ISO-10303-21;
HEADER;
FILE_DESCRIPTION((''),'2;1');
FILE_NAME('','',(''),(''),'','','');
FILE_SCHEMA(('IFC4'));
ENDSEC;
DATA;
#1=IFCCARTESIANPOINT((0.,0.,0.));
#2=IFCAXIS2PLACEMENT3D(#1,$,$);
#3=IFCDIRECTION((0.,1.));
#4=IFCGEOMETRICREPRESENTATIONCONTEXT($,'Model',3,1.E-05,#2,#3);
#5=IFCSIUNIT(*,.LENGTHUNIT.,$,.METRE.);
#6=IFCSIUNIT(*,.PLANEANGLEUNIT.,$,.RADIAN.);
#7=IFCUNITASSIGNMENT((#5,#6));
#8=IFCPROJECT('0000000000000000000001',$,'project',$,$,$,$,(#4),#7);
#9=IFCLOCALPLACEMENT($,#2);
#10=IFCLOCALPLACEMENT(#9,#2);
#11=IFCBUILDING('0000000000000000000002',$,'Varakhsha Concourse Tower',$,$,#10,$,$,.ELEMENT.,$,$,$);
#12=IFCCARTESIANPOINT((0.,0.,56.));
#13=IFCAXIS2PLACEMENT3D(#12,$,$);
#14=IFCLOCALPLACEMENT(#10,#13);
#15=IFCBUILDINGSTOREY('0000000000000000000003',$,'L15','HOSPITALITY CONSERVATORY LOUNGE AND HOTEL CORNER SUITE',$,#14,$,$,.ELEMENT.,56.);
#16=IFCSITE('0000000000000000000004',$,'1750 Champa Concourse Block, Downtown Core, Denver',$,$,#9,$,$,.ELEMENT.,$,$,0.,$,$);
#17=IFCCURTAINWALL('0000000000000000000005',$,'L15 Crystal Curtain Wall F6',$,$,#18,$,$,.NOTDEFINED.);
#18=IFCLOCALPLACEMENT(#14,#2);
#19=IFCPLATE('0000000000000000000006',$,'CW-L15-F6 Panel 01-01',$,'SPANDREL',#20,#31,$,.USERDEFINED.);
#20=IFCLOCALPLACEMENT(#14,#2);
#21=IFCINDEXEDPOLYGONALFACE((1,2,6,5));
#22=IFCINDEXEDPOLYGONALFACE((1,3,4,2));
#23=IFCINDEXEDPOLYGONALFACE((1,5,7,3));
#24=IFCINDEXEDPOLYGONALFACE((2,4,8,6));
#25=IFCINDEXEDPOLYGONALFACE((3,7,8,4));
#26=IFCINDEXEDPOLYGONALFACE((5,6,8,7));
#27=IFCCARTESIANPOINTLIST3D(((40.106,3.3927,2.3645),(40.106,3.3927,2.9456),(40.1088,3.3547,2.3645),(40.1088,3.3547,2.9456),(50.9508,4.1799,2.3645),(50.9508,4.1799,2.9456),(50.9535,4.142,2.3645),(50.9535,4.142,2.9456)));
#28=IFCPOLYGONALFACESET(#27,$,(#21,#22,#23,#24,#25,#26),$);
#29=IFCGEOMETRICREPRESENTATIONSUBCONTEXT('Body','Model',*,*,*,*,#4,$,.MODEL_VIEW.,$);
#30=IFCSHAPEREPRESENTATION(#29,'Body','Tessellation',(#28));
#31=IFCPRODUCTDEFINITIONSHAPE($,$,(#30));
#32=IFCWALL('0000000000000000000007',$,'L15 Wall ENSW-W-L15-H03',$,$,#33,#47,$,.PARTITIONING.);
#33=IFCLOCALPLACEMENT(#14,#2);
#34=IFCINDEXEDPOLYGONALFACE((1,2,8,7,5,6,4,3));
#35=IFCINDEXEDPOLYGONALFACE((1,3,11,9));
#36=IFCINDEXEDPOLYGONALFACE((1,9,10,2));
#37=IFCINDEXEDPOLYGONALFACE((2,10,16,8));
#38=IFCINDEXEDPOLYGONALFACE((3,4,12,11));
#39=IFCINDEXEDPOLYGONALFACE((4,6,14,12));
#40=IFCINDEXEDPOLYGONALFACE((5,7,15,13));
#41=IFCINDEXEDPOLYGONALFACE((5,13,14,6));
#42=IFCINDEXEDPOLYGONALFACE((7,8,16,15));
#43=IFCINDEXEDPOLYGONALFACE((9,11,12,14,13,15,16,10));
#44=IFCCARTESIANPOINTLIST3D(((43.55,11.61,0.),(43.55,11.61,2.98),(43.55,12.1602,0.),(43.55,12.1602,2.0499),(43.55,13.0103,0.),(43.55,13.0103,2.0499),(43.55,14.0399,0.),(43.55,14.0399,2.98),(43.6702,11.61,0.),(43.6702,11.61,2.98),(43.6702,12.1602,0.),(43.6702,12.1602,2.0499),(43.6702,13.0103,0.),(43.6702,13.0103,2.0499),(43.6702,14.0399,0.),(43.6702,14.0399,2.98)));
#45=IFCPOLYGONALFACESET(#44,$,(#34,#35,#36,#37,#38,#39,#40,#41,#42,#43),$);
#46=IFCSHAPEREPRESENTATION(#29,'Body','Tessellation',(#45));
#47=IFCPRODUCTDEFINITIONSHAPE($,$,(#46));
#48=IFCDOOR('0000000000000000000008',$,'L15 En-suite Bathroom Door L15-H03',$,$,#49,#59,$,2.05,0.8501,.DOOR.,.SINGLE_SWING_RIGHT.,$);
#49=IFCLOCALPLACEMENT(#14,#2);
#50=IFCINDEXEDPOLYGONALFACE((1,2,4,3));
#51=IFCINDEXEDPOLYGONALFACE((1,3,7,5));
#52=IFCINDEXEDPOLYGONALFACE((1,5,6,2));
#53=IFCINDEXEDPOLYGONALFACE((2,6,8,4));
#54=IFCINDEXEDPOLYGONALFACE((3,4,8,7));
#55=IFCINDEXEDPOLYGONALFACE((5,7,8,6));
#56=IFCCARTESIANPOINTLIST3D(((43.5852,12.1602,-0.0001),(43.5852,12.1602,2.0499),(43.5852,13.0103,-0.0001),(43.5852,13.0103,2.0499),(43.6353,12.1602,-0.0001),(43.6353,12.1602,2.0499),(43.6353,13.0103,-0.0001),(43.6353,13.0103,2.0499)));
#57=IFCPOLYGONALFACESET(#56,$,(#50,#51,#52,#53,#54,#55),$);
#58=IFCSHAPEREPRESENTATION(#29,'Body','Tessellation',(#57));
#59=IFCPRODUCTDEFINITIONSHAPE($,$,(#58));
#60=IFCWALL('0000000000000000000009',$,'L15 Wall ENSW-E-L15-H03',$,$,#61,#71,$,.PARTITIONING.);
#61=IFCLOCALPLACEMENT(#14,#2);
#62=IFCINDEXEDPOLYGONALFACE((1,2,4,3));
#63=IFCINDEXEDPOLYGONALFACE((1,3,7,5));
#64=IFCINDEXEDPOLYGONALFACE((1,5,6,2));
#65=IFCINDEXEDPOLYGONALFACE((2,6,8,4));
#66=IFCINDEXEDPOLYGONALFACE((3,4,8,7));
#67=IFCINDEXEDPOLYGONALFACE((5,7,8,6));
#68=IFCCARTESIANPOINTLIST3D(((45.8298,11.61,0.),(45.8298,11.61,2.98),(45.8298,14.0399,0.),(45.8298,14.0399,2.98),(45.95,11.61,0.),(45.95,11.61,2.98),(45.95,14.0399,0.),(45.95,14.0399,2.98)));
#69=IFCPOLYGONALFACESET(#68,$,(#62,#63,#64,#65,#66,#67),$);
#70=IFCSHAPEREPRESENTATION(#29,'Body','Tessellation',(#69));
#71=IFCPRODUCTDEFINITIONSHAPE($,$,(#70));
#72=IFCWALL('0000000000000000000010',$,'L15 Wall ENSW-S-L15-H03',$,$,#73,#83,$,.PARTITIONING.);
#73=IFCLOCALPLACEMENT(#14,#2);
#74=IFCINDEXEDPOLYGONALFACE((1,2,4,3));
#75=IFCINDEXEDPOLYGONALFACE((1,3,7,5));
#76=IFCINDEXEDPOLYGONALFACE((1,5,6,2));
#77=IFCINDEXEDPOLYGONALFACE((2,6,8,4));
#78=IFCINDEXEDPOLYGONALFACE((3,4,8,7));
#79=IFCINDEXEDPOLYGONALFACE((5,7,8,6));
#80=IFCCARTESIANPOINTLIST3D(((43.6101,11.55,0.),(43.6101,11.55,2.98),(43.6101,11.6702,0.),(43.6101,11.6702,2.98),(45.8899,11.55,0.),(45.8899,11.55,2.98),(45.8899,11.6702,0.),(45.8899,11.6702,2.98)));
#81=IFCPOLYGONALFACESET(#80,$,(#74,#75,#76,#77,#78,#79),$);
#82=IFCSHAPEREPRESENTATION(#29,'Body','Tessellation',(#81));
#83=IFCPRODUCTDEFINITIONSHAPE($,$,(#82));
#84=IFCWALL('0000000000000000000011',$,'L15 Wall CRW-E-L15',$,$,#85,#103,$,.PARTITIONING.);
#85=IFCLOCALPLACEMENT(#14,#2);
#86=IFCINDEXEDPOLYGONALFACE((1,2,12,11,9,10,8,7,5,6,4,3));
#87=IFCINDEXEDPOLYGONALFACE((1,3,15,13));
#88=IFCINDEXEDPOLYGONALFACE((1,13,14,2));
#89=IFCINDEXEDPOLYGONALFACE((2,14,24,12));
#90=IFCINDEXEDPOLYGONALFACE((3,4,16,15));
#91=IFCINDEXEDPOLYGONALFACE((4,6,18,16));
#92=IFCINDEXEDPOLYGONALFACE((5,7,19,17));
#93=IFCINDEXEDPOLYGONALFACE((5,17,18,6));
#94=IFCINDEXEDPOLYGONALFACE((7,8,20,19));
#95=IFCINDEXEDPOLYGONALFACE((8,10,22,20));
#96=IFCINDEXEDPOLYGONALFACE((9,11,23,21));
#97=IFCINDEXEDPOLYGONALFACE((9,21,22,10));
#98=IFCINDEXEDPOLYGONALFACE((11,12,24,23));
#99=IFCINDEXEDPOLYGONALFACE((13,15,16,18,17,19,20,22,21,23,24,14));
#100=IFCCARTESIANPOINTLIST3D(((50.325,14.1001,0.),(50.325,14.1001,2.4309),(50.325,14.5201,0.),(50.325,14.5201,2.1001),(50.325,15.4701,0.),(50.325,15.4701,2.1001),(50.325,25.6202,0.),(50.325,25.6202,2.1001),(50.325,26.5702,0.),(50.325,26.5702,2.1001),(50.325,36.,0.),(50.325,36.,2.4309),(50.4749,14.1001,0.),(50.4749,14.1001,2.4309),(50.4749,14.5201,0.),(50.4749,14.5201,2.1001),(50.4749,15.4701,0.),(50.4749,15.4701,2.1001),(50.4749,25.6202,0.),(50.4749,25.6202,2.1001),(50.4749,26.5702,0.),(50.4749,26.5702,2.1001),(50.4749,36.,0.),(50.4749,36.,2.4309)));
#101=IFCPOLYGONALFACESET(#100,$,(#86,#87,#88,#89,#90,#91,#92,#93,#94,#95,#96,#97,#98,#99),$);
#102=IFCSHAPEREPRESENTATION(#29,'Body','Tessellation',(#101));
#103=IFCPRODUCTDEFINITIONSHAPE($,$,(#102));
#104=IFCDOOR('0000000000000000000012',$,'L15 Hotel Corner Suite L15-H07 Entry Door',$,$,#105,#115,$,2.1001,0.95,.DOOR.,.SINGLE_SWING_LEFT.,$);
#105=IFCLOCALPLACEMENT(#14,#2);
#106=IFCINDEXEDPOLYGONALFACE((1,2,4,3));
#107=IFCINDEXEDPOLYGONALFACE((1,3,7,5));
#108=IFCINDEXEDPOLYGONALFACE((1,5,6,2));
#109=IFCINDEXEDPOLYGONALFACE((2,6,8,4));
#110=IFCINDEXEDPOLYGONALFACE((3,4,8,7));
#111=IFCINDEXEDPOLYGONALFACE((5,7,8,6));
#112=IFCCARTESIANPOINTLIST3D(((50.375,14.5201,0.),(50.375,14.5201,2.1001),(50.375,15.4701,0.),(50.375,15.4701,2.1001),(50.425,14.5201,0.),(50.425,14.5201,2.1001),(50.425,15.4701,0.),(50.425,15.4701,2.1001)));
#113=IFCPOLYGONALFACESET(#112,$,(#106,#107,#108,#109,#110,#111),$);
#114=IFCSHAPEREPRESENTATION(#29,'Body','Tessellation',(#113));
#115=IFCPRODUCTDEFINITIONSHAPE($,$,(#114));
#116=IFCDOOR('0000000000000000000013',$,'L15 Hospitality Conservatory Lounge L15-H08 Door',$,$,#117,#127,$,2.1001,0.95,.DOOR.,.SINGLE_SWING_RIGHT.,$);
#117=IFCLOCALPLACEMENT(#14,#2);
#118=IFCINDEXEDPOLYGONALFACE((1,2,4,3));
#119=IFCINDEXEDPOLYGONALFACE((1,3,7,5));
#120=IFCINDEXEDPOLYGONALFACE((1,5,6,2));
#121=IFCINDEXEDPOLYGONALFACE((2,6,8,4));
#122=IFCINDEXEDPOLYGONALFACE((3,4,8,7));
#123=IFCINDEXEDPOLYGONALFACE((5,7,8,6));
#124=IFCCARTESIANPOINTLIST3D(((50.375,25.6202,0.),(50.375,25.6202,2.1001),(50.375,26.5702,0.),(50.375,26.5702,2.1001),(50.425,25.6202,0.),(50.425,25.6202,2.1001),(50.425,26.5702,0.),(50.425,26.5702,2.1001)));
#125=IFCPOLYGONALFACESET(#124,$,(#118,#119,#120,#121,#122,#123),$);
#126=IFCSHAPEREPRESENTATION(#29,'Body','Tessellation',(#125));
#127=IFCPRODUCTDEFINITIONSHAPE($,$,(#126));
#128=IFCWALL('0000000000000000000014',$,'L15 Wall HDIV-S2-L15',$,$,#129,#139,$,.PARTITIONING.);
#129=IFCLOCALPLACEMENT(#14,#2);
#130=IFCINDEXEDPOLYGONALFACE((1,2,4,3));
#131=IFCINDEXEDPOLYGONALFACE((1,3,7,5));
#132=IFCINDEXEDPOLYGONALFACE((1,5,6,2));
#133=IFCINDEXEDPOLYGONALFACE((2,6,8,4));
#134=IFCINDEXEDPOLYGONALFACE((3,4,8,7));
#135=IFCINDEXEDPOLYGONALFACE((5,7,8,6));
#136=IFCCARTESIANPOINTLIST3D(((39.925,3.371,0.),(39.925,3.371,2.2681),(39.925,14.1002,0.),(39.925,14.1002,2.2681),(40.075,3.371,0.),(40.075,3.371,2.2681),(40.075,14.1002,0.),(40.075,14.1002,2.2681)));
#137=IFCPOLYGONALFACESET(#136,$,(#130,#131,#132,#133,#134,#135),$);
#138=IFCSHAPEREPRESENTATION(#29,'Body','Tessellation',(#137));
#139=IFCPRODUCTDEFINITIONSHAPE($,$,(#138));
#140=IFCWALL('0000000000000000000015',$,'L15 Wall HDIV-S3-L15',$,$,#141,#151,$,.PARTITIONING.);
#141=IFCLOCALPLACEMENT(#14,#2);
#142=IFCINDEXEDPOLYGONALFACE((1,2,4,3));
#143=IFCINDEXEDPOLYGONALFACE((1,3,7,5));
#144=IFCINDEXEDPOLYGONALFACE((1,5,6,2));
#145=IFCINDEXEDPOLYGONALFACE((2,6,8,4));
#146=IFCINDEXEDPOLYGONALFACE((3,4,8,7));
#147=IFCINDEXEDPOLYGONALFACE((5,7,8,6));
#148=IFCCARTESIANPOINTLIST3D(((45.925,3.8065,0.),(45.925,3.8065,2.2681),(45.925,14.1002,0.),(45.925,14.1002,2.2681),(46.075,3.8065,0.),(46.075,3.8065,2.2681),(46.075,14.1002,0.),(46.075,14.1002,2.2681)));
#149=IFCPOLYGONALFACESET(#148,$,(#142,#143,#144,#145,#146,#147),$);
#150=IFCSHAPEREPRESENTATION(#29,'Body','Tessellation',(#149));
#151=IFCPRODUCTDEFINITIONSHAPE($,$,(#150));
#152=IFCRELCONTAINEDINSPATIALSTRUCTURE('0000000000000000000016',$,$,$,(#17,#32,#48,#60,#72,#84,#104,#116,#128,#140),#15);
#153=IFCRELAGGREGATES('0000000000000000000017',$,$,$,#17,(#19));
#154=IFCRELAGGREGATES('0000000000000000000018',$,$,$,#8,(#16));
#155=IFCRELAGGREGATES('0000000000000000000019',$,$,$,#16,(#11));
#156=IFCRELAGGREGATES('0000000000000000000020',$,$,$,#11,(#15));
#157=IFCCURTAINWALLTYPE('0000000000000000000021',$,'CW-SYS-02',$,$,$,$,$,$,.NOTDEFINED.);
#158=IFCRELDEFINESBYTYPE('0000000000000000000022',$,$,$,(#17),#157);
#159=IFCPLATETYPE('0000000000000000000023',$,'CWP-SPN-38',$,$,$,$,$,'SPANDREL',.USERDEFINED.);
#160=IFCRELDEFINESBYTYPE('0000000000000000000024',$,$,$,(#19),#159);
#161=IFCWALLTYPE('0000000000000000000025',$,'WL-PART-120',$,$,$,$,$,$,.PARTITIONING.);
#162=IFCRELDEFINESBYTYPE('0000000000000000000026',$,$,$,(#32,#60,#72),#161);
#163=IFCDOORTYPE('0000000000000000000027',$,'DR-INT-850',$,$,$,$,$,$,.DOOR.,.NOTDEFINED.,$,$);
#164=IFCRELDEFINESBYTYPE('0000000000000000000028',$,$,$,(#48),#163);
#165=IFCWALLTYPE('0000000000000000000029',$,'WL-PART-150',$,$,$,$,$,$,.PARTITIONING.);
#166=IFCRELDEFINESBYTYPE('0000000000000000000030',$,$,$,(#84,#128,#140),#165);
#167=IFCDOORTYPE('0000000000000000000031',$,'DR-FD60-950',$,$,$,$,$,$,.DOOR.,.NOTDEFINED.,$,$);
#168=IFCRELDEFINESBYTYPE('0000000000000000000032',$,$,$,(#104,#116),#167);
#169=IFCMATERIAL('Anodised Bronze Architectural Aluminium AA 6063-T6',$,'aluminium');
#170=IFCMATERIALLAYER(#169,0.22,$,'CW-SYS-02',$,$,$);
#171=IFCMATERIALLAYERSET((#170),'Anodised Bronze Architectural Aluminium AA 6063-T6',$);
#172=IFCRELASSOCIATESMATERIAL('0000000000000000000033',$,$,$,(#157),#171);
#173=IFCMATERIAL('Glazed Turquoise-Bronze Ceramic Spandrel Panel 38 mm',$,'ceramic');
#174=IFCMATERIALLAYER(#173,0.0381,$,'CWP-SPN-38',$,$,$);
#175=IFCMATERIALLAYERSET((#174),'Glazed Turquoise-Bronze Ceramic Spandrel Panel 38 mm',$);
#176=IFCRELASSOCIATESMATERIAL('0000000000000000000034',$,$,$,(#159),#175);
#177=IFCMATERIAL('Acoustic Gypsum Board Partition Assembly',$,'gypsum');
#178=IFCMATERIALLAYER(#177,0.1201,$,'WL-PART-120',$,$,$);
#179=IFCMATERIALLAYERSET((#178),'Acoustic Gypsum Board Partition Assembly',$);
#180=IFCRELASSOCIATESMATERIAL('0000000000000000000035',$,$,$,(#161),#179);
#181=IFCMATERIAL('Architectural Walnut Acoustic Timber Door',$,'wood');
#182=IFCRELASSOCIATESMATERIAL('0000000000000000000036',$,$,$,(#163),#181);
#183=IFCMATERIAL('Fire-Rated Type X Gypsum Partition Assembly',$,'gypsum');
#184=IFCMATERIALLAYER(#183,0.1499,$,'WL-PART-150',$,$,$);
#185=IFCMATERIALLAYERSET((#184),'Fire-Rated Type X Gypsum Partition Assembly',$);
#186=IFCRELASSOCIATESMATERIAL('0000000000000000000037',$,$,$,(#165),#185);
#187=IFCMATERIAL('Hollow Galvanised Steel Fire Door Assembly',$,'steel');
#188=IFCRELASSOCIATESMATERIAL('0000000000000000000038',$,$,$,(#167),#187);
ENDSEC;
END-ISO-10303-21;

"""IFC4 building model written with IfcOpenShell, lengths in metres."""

from ifc_helpers import new_model, si_unit, direction, frame, frame_2d, origin, origin_2d, place, context, subcontext, project, spatial, rectangle, extrude, source, transform, mapped, material, layer, layer_set, type_object, type_shapes, element, fill, aggregate, save


model = new_model("IFC4")

# Units and contexts
model_context = context("Model", 3, precision=1e-05, world=origin(), true_north=direction((0.0, 1.0)))
body_context = subcontext(model_context, "Body", "Model", "MODEL_VIEW")
ifc_project = project(units=[si_unit("LENGTHUNIT", "METRE"), si_unit("PLANEANGLEUNIT", "RADIAN")], contexts=[model_context])

# Site, building, storey
site_placement = place(None, origin())
site = spatial("IfcSite", under=ifc_project, at=site_placement, Name="1750 Champa Concourse Block, Downtown Core, Denver", CompositionType="ELEMENT", RefElevation=0.0)
building_placement = place(site_placement, origin())
building = spatial("IfcBuilding", under=site, at=building_placement, Name="Varakhsha Concourse Tower", CompositionType="ELEMENT")
storey_placement = place(building_placement, frame((0.0, 0.0, 56.0)))
storey = spatial("IfcBuildingStorey", under=building, at=storey_placement, Name="L15", Description="HOSPITALITY CONSERVATORY LOUNGE AND HOTEL CORNER SUITE", CompositionType="ELEMENT", Elevation=56.0)

# Shared definitions
ifc_material_1 = material(Name="Anodised Bronze Architectural Aluminium AA 6063-T6", Category="aluminium")
ifc_layer_1 = layer(ifc_material_1, 0.22, Name="CW-SYS-02")
ifc_layer_set_1 = layer_set([ifc_layer_1], Name="Anodised Bronze Architectural Aluminium AA 6063-T6")
curtain_wall_type = type_object("IfcCurtainWallType", Name="CW-SYS-02", PredefinedType="NOTDEFINED", material=ifc_layer_set_1)

# Curtain wall
curtain_wall_1_placement = place(storey_placement, origin())
curtain_wall_1 = element("IfcCurtainWall", 1, at=curtain_wall_1_placement, inside=storey, type_object=curtain_wall_type, Name="L15 Crystal Curtain Wall F6", PredefinedType="NOTDEFINED")

# Plate
ifc_material_2 = material(Name="Glazed Turquoise-Bronze Ceramic Spandrel Panel 38 mm", Category="ceramic")
ifc_layer_2 = layer(ifc_material_2, 0.0381, Name="CWP-SPN-38")
ifc_layer_set_2 = layer_set([ifc_layer_2], Name="Glazed Turquoise-Bronze Ceramic Spandrel Panel 38 mm")
plate_type_1 = type_object("IfcPlateType", Name="CWP-SPN-38", ElementType="SPANDREL", PredefinedType="USERDEFINED", material=ifc_layer_set_2)
shared_shape_1 = source(origin(), body_context, "Body", "SweptSolid", [
    extrude(rectangle(XDim=10.8733, YDim=0.0381, at=origin_2d()), origin(), (0.0, 0.0, 1.0), 0.5811),
])
type_shapes(plate_type_1, [shared_shape_1])
plate_1_placement = place(storey_placement, frame((45.5298, 3.7673, 2.3645), z_axis=(0.0, 0.0, 1.0), x_axis=(-0.997376, -0.072401, 0.0)))
plate_1 = element("IfcPlate", 2, at=plate_1_placement, type_object=plate_type_1, Name="CW-L15-F6 Panel 01-01", ObjectType="SPANDREL", PredefinedType="USERDEFINED", context=body_context, shape_type="MappedRepresentation", body=[
    mapped(shared_shape_1, transform((0.0, 0.0, 0.0), scale=1.0)),
])
aggregate(curtain_wall_1, [plate_1])

# Wall, opening, door
ifc_material_3 = material(Name="Acoustic Gypsum Board Partition Assembly", Category="gypsum")
ifc_layer_3 = layer(ifc_material_3, 0.1201, Name="WL-PART-120")
ifc_layer_set_3 = layer_set([ifc_layer_3], Name="Acoustic Gypsum Board Partition Assembly")
wall_type_1 = type_object("IfcWallType", Name="WL-PART-120", PredefinedType="PARTITIONING", material=ifc_layer_set_3)
wall_1_placement = place(storey_placement, frame((43.6101, 11.6101, 0.0), z_axis=(0.0, 0.0, 1.0), x_axis=(0.0, 1.0, 0.0)))
wall_1 = element("IfcWall", 3, at=wall_1_placement, inside=storey, type_object=wall_type_1, Name="L15 Wall ENSW-W-L15-H03", PredefinedType="PARTITIONING", context=body_context, shape_type="SweptSolid", body=[
    extrude(rectangle(XDim=2.4299, YDim=0.1201, at=frame_2d((1.2148, 0.0))), origin(), (0.0, 0.0, 1.0), 2.98),
])
opening_1_placement = place(wall_1_placement, frame((0.55, 0.0, 0.0)))
opening_1 = element("IfcOpeningElement", 4, at=opening_1_placement, cuts=wall_1, PredefinedType="OPENING", context=body_context, shape_type="SweptSolid", body=[
    extrude(rectangle(XDim=0.8501, YDim=2.05, at=frame_2d((0.425, 1.0249))), frame((0.0, 0.0701, 0.0), z_axis=(0.0, -1.0, 0.0), x_axis=(1.0, 0.0, 0.0)), (0.0, 0.0, 1.0), 0.1401),
])
ifc_material_4 = material(Name="Architectural Walnut Acoustic Timber Door", Category="wood")
door_type_1 = type_object("IfcDoorType", Name="DR-INT-850", OperationType="NOTDEFINED", PredefinedType="DOOR", material=ifc_material_4)
door_1_placement = place(opening_1_placement, origin())
door_1 = element("IfcDoor", 5, at=door_1_placement, inside=storey, type_object=door_type_1, Name="L15 En-suite Bathroom Door L15-H03", OperationType="SINGLE_SWING_RIGHT", OverallHeight=2.05, OverallWidth=0.8501, PredefinedType="DOOR", context=body_context, shape_type="SweptSolid", body=[
    extrude(rectangle(XDim=0.8501, YDim=2.05, at=frame_2d((0.425, 1.0249))), frame((0.0, 0.0249, 0.0), z_axis=(0.0, -1.0, 0.0), x_axis=(1.0, 0.0, 0.0)), (0.0, 0.0, 1.0), 0.05),
])
fill(opening_1, door_1)

# Walls
wall_2_placement = place(storey_placement, frame((45.8899, 11.6101, 0.0), z_axis=(0.0, 0.0, 1.0), x_axis=(0.0, 1.0, 0.0)))
element("IfcWall", 6, at=wall_2_placement, inside=storey, type_object=wall_type_1, Name="L15 Wall ENSW-E-L15-H03", PredefinedType="PARTITIONING", context=body_context, shape_type="SweptSolid", body=[
    extrude(rectangle(XDim=2.4299, YDim=0.1201, at=frame_2d((1.2148, 0.0))), origin(), (0.0, 0.0, 1.0), 2.98),
])
wall_3_placement = place(storey_placement, frame((43.6101, 11.6101, 0.0), z_axis=(0.0, 0.0, 1.0), x_axis=(1.0, 0.0, 0.0)))
element("IfcWall", 7, at=wall_3_placement, inside=storey, type_object=wall_type_1, Name="L15 Wall ENSW-S-L15-H03", PredefinedType="PARTITIONING", context=body_context, shape_type="SweptSolid", body=[
    extrude(rectangle(XDim=2.2798, YDim=0.1201, at=frame_2d((1.1399, 0.0))), origin(), (0.0, 0.0, 1.0), 2.98),
])

# Wall, openings, doors
ifc_material_5 = material(Name="Fire-Rated Type X Gypsum Partition Assembly", Category="gypsum")
ifc_layer_4 = layer(ifc_material_5, 0.1499, Name="WL-PART-150")
ifc_layer_set_4 = layer_set([ifc_layer_4], Name="Fire-Rated Type X Gypsum Partition Assembly")
wall_type_2 = type_object("IfcWallType", Name="WL-PART-150", PredefinedType="PARTITIONING", material=ifc_layer_set_4)
wall_4_placement = place(storey_placement, frame((50.3999, 14.1001, 0.0), z_axis=(0.0, 0.0, 1.0), x_axis=(0.0, 1.0, 0.0)))
wall_4 = element("IfcWall", 8, at=wall_4_placement, inside=storey, type_object=wall_type_2, Name="L15 Wall CRW-E-L15", PredefinedType="PARTITIONING", context=body_context, shape_type="SweptSolid", body=[
    extrude(rectangle(XDim=21.8999, YDim=0.1499, at=frame_2d((10.95, 0.0))), origin(), (0.0, 0.0, 1.0), 2.4309),
])
opening_2_placement = place(wall_4_placement, frame((0.4199, 0.0, 0.0)))
opening_2 = element("IfcOpeningElement", 9, at=opening_2_placement, cuts=wall_4, PredefinedType="OPENING", context=body_context, shape_type="SweptSolid", body=[
    extrude(rectangle(XDim=0.95, YDim=2.1001, at=frame_2d((0.4751, 1.05))), frame((0.0, 0.085, 0.0), z_axis=(0.0, -1.0, 0.0), x_axis=(1.0, 0.0, 0.0)), (0.0, 0.0, 1.0), 0.1699),
])
opening_3_placement = place(wall_4_placement, frame((11.52, 0.0, 0.0)))
opening_3 = element("IfcOpeningElement", 10, at=opening_3_placement, cuts=wall_4, PredefinedType="OPENING", context=body_context, shape_type="SweptSolid", body=[
    extrude(rectangle(XDim=0.95, YDim=2.1001, at=frame_2d((0.4751, 1.05))), frame((0.0, 0.085, 0.0), z_axis=(0.0, -1.0, 0.0), x_axis=(1.0, 0.0, 0.0)), (0.0, 0.0, 1.0), 0.1699),
])
ifc_material_6 = material(Name="Hollow Galvanised Steel Fire Door Assembly", Category="steel")
door_type_2 = type_object("IfcDoorType", Name="DR-FD60-950", OperationType="NOTDEFINED", PredefinedType="DOOR", material=ifc_material_6)
door_2_placement = place(opening_2_placement, origin())
door_2 = element("IfcDoor", 11, at=door_2_placement, inside=storey, type_object=door_type_2, Name="L15 Hotel Corner Suite L15-H07 Entry Door", OperationType="SINGLE_SWING_LEFT", OverallHeight=2.1001, OverallWidth=0.95, PredefinedType="DOOR", context=body_context, shape_type="SweptSolid", body=[
    extrude(rectangle(XDim=0.95, YDim=2.1001, at=frame_2d((0.4751, 1.05))), frame((0.0, 0.0249, 0.0), z_axis=(0.0, -1.0, 0.0), x_axis=(1.0, 0.0, 0.0)), (0.0, 0.0, 1.0), 0.05),
])
fill(opening_2, door_2)
door_3_placement = place(opening_3_placement, origin())
door_3 = element("IfcDoor", 12, at=door_3_placement, inside=storey, type_object=door_type_2, Name="L15 Hospitality Conservatory Lounge L15-H08 Door", OperationType="SINGLE_SWING_RIGHT", OverallHeight=2.1001, OverallWidth=0.95, PredefinedType="DOOR", context=body_context, shape_type="SweptSolid", body=[
    extrude(rectangle(XDim=0.95, YDim=2.1001, at=frame_2d((0.4751, 1.05))), frame((0.0, 0.0249, 0.0), z_axis=(0.0, -1.0, 0.0), x_axis=(1.0, 0.0, 0.0)), (0.0, 0.0, 1.0), 0.05),
])
fill(opening_3, door_3)

# Walls
wall_5_placement = place(storey_placement, frame((40.0, 3.3708, 0.0), z_axis=(0.0, 0.0, 1.0), x_axis=(0.0, 1.0, 0.0)))
element("IfcWall", 13, at=wall_5_placement, inside=storey, type_object=wall_type_2, Name="L15 Wall HDIV-S2-L15", PredefinedType="PARTITIONING", context=body_context, shape_type="SweptSolid", body=[
    extrude(rectangle(XDim=10.7292, YDim=0.1499, at=frame_2d((5.3647, 0.0))), origin(), (0.0, 0.0, 1.0), 2.2681),
])
wall_6_placement = place(storey_placement, frame((46.0, 3.8064, 0.0), z_axis=(0.0, 0.0, 1.0), x_axis=(0.0, 1.0, 0.0)))
element("IfcWall", 14, at=wall_6_placement, inside=storey, type_object=wall_type_2, Name="L15 Wall HDIV-S3-L15", PredefinedType="PARTITIONING", context=body_context, shape_type="SweptSolid", body=[
    extrude(rectangle(XDim=10.2937, YDim=0.1499, at=frame_2d((5.147, 0.0))), origin(), (0.0, 0.0, 1.0), 2.2681),
])

save(model, "model.ifc")
